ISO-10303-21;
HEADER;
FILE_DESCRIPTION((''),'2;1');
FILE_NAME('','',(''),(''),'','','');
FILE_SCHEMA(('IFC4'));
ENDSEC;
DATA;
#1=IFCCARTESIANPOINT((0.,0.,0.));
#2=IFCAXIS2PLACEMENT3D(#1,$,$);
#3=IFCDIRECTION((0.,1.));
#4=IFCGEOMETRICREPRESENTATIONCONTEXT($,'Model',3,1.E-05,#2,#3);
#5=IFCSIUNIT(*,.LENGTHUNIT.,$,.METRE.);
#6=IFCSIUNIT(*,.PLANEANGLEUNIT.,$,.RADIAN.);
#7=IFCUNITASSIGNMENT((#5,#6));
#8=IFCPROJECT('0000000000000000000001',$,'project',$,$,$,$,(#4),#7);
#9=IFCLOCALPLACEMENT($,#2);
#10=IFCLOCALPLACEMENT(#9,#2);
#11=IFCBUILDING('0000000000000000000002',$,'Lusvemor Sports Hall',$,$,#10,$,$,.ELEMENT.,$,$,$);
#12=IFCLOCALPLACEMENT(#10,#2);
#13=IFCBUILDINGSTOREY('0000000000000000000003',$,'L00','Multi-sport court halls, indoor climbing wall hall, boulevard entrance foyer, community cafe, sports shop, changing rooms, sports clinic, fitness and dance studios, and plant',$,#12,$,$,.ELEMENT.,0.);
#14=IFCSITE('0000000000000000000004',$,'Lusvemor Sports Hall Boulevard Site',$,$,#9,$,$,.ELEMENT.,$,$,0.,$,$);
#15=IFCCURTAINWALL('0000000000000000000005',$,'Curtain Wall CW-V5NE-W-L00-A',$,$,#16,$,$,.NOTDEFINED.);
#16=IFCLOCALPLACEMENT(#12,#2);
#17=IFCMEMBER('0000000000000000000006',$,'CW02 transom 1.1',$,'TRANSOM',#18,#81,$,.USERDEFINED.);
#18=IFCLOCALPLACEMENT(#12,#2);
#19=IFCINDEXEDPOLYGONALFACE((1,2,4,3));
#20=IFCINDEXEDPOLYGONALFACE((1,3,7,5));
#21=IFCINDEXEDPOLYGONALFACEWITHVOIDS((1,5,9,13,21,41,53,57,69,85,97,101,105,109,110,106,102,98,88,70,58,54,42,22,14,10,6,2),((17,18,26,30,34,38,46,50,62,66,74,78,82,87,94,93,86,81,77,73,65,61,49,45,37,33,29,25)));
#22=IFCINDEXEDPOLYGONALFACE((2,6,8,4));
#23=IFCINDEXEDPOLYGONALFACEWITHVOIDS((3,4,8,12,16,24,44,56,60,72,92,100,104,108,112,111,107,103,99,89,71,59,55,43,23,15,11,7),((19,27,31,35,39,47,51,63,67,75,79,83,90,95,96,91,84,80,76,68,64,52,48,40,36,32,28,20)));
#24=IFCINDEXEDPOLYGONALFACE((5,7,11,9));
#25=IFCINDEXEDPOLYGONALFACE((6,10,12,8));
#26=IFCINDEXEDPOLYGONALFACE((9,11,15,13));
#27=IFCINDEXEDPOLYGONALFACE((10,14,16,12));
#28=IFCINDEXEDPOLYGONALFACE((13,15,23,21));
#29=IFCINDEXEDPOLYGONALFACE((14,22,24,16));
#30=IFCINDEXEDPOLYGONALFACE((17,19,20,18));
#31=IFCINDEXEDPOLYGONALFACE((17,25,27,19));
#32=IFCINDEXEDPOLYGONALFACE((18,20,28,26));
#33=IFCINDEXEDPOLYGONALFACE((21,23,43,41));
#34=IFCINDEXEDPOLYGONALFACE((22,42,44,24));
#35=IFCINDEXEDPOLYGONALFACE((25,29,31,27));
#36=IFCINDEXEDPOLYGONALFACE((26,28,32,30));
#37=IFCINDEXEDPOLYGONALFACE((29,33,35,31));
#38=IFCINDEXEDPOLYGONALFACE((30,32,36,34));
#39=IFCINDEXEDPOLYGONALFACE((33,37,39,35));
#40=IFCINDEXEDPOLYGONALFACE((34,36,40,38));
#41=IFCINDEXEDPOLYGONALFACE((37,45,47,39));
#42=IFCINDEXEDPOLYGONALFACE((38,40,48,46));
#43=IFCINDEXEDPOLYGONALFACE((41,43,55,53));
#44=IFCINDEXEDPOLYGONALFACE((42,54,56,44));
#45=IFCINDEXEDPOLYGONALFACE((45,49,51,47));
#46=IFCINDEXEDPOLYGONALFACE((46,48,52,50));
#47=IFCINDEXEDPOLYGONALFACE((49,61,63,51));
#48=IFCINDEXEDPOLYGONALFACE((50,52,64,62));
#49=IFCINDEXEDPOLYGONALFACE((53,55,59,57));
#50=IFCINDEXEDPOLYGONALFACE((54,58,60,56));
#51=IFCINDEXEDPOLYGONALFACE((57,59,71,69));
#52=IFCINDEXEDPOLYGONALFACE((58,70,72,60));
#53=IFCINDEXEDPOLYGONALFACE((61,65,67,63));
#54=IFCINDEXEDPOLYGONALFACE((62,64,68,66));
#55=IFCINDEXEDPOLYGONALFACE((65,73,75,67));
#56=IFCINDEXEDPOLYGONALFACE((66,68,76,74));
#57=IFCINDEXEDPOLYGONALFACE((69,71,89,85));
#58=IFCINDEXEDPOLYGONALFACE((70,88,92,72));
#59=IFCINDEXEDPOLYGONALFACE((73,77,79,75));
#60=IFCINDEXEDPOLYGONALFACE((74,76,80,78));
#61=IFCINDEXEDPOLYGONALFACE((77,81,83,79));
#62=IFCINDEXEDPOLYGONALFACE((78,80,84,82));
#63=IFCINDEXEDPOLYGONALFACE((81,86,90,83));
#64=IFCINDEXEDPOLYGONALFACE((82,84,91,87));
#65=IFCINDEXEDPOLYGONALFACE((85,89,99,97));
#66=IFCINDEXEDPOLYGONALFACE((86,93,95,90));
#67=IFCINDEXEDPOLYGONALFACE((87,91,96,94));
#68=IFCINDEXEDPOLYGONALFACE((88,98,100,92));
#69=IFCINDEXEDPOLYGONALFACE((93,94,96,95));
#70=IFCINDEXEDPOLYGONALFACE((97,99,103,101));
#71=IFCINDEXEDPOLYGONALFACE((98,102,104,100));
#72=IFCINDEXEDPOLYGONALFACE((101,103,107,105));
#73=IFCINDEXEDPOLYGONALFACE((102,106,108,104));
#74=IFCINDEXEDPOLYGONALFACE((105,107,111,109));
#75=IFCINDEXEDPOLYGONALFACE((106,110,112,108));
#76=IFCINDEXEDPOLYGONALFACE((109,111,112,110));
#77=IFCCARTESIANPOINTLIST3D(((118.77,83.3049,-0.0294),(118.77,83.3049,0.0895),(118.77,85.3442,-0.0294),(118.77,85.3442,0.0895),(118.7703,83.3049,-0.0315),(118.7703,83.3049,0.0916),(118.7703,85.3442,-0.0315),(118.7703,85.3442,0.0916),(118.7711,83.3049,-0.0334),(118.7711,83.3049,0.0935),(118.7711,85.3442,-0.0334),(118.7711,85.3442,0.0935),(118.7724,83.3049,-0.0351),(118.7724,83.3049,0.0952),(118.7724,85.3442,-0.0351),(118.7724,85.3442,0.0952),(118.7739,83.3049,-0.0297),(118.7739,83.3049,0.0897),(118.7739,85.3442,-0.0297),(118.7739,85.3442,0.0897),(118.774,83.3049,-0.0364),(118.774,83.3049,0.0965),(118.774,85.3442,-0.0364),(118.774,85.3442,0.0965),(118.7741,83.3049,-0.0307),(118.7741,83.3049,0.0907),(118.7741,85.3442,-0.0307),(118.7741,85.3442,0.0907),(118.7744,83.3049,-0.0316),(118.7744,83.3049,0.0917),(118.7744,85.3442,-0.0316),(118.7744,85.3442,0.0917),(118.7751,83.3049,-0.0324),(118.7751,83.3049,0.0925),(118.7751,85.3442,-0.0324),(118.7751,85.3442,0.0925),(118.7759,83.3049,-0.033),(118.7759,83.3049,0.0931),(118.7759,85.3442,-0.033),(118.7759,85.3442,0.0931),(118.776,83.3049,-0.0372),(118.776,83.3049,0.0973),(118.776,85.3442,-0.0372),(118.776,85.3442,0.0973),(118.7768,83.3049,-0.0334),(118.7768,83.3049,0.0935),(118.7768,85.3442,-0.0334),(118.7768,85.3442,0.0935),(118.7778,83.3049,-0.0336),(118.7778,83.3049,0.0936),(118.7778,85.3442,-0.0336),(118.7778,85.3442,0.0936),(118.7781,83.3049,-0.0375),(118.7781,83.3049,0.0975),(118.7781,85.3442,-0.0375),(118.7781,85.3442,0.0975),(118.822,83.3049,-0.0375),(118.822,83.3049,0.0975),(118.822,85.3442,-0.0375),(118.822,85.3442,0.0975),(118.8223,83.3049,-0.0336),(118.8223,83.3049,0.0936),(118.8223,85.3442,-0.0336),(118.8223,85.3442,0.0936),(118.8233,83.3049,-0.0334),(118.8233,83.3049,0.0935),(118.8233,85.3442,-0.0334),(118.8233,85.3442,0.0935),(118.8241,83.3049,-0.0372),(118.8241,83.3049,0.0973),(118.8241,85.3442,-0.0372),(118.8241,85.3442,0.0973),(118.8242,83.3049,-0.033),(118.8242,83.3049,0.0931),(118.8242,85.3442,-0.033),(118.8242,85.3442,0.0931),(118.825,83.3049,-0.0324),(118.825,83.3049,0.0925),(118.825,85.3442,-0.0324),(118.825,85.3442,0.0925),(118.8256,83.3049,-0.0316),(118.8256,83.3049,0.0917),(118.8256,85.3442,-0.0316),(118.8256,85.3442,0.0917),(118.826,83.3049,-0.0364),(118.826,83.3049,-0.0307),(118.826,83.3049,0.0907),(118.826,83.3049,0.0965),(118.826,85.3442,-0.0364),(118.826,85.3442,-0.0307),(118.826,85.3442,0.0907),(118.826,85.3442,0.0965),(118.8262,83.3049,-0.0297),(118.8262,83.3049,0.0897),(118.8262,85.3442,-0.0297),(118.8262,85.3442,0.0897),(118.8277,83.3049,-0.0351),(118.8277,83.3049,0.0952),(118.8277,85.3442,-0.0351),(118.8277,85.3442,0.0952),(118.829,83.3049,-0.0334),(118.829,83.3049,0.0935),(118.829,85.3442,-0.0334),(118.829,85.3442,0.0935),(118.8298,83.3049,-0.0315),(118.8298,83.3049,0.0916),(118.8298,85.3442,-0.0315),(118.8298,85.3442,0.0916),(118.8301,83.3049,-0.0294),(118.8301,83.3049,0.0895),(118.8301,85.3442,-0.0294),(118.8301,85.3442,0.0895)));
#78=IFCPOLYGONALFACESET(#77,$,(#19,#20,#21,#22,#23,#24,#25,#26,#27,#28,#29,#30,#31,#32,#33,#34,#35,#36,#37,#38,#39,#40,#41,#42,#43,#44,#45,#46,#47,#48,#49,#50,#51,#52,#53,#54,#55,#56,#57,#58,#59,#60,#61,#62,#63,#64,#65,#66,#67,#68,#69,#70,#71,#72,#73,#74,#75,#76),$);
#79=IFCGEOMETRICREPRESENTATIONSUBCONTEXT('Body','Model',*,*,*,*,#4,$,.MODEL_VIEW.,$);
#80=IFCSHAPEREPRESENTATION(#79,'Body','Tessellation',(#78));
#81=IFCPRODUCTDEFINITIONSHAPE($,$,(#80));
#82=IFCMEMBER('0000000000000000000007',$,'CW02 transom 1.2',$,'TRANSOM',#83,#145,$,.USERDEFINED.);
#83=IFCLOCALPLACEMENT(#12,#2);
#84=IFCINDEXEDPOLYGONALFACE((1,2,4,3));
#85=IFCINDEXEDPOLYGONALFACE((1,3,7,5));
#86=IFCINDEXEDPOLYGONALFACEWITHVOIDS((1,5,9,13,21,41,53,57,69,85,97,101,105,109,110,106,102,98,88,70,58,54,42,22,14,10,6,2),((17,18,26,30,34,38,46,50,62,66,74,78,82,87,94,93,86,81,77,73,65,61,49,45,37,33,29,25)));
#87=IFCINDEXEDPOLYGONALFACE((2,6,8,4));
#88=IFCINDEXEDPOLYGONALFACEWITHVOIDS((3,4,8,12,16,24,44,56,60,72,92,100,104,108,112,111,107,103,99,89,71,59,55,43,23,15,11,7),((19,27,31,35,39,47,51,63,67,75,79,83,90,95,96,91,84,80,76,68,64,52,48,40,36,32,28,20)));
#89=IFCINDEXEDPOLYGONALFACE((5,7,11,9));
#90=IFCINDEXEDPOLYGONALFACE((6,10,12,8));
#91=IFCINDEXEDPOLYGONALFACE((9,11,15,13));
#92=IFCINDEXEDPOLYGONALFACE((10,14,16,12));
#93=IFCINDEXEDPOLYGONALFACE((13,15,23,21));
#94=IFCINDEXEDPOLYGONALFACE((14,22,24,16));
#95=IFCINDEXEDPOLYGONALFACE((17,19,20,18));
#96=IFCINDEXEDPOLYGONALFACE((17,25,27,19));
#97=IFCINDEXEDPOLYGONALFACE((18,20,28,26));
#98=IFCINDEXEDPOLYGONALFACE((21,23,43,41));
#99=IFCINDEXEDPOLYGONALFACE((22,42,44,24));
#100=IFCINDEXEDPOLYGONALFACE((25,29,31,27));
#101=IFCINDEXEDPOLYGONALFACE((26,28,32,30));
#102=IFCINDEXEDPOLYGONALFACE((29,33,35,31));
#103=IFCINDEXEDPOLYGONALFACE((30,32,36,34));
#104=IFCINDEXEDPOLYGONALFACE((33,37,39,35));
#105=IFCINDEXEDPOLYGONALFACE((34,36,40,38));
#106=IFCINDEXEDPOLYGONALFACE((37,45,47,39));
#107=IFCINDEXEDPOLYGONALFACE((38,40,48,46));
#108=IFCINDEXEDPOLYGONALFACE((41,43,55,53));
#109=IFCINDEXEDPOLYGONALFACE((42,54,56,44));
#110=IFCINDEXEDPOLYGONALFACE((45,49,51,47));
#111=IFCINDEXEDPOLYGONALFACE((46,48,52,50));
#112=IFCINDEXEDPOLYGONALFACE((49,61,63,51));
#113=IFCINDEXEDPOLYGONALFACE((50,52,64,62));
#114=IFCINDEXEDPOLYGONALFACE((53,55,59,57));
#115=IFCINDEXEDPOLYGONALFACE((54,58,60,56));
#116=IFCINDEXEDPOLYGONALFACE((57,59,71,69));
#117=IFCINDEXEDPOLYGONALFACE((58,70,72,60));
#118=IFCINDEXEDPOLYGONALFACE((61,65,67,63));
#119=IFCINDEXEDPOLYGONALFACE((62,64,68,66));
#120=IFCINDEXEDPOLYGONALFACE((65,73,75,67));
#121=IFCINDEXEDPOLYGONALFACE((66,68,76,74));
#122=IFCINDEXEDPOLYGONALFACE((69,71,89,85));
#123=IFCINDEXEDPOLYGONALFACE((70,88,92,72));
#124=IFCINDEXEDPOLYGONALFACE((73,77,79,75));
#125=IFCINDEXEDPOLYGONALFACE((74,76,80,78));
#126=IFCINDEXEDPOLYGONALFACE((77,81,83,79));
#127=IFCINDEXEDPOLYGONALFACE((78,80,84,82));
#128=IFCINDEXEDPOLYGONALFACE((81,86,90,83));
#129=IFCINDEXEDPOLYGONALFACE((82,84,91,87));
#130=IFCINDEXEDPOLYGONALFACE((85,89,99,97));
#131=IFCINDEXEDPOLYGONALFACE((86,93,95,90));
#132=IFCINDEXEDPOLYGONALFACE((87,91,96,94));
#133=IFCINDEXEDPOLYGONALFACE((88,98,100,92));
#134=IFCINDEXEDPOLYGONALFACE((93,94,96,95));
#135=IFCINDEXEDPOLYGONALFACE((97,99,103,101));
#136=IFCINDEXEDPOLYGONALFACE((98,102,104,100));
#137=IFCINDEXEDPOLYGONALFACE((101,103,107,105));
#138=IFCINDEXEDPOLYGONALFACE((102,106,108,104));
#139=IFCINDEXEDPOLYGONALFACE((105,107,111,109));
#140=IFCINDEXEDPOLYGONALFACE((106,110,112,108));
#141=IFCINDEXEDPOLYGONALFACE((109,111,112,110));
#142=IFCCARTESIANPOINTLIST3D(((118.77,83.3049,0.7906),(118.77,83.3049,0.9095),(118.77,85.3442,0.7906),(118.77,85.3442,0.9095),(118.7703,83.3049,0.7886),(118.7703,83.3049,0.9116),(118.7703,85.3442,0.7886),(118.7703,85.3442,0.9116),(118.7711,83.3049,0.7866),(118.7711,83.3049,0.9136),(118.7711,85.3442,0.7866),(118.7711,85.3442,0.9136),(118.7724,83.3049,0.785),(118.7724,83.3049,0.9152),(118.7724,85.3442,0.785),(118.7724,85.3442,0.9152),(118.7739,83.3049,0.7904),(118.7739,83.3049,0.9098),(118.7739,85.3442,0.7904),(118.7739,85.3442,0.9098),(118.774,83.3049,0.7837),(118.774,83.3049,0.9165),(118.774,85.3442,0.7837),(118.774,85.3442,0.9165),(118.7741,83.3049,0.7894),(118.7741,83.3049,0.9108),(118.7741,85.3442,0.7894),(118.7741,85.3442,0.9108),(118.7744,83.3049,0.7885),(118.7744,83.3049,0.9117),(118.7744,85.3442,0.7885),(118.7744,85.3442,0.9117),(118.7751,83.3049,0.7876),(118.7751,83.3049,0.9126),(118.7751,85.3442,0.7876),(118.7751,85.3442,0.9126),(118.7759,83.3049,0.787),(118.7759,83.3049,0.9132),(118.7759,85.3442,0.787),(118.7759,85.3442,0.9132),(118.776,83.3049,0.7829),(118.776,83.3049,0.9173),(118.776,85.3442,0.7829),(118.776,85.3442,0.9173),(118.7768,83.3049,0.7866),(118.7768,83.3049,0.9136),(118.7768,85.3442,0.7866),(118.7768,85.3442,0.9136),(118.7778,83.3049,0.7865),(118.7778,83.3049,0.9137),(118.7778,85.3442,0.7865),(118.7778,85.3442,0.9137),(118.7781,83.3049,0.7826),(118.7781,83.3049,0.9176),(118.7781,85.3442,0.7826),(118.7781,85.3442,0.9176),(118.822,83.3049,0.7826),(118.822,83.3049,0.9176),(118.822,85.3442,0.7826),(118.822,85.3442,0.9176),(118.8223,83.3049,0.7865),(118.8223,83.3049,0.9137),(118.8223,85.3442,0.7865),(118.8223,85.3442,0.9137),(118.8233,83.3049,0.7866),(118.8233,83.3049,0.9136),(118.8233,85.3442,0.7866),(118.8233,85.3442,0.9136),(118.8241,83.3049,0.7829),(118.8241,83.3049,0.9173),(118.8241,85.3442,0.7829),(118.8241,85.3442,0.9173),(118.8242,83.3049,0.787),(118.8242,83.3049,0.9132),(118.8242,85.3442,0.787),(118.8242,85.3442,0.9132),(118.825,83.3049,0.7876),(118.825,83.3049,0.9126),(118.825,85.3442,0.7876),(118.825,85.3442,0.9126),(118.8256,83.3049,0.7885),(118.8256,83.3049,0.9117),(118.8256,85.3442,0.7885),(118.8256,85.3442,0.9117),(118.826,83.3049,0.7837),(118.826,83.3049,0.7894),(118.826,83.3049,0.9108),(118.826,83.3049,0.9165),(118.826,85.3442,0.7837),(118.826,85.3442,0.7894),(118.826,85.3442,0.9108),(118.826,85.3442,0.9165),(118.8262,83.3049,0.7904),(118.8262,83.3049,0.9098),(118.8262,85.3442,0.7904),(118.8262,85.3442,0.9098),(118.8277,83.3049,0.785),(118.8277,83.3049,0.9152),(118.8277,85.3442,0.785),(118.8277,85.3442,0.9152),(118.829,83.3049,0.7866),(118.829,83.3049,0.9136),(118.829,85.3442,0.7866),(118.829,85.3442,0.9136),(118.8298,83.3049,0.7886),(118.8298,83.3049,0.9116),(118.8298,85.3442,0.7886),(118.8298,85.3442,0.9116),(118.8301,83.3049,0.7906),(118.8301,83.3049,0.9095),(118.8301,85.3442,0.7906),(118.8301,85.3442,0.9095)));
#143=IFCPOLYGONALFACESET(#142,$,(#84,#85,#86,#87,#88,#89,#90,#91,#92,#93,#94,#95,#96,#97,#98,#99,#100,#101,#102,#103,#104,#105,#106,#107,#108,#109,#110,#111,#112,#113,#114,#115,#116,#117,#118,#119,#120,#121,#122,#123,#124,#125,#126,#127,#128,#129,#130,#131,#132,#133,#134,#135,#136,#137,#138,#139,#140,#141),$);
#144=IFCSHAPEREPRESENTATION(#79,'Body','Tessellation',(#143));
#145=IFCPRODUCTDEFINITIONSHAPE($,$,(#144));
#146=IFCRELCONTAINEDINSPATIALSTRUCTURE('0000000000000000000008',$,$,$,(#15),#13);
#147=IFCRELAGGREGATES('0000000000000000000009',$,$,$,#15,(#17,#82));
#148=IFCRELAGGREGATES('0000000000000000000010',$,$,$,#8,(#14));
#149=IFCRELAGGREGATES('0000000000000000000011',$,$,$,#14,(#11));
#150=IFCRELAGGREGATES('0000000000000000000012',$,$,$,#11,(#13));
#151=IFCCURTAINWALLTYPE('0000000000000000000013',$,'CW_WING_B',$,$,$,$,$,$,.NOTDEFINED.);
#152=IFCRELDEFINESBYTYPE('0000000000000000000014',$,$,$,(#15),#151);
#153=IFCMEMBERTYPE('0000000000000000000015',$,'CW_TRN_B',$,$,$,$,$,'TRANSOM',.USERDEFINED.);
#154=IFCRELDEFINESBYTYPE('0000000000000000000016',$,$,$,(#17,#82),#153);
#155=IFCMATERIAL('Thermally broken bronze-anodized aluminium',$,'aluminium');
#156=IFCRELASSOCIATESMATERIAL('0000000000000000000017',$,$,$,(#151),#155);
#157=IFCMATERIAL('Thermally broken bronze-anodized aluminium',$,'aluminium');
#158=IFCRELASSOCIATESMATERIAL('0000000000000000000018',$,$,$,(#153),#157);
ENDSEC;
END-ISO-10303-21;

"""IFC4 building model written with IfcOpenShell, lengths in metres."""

from ifc_helpers import new_model, si_unit, direction, frame, origin, origin_2d, place, context, subcontext, project, spatial, hollow_rectangle, extrude, material, material_profile, profile_set, type_object, element, aggregate, save


model = new_model("IFC4")

# Units and contexts
model_context = context("Model", 3, precision=1e-05, world=origin(), true_north=direction((0.0, 1.0)))
body_context = subcontext(model_context, "Body", "Model", "MODEL_VIEW")
ifc_project = project(units=[si_unit("LENGTHUNIT", "METRE"), si_unit("PLANEANGLEUNIT", "RADIAN")], contexts=[model_context])

# Site, building, storey
site_placement = place(None, origin())
site = spatial("IfcSite", under=ifc_project, at=site_placement, Name="Lusvemor Sports Hall Boulevard Site", CompositionType="ELEMENT", RefElevation=0.0)
building_placement = place(site_placement, origin())
building = spatial("IfcBuilding", under=site, at=building_placement, Name="Lusvemor Sports Hall", CompositionType="ELEMENT")
storey_placement = place(building_placement, origin())
storey = spatial("IfcBuildingStorey", under=building, at=storey_placement, Name="L00", Description="Multi-sport court halls, indoor climbing wall hall, boulevard entrance foyer, community cafe, sports shop, changing rooms, sports clinic, fitness and dance studios, and plant", CompositionType="ELEMENT", Elevation=0.0)

# Shared definitions
ifc_material_1 = material(Name="Thermally broken bronze-anodized aluminium", Category="aluminium")
curtain_wall_type = type_object("IfcCurtainWallType", Name="CW_WING_B", PredefinedType="NOTDEFINED", material=ifc_material_1)

# Curtain wall, members
curtain_wall_1_placement = place(storey_placement, origin())
curtain_wall_1 = element("IfcCurtainWall", 1, at=curtain_wall_1_placement, inside=storey, type_object=curtain_wall_type, Name="Curtain Wall CW-V5NE-W-L00-A", PredefinedType="NOTDEFINED")
ifc_material_2 = material(Name="Thermally broken bronze-anodized aluminium", Category="aluminium")
ifc_material_profile_1 = material_profile(ifc_material_2, hollow_rectangle(XDim=0.0601, YDim=0.135, WallThickness=0.0039, InnerFilletRadius=0.0039, OuterFilletRadius=0.0081, at=origin_2d()), Name="CWTRN135x60x4")
ifc_profile_set_1 = profile_set([ifc_material_profile_1], Name="Thermally broken bronze-anodized aluminium")
member_type_1 = type_object("IfcMemberType", Name="CW_TRN_B", ElementType="TRANSOM", PredefinedType="USERDEFINED", material=ifc_profile_set_1)
member_1_placement = place(storey_placement, frame((118.8, 83.3049, 0.03), z_axis=(0.0, 1.0, 0.0), x_axis=(-1.0, 0.0, 0.0)))
member_1 = element("IfcMember", 2, at=member_1_placement, type_object=member_type_1, Name="CW02 transom 1.1", ObjectType="TRANSOM", PredefinedType="USERDEFINED", context=body_context, shape_type="SweptSolid", body=[
    extrude(hollow_rectangle(XDim=0.0601, YDim=0.135, WallThickness=0.0039, InnerFilletRadius=0.0039, OuterFilletRadius=0.0081, at=origin_2d()), origin(), (0.0, 0.0, 1.0), 2.0393),
])
member_2_placement = place(storey_placement, frame((118.8, 83.3049, 0.8501), z_axis=(0.0, 1.0, 0.0), x_axis=(-1.0, 0.0, 0.0)))
member_2 = element("IfcMember", 3, at=member_2_placement, type_object=member_type_1, Name="CW02 transom 1.2", ObjectType="TRANSOM", PredefinedType="USERDEFINED", context=body_context, shape_type="SweptSolid", body=[
    extrude(hollow_rectangle(XDim=0.0601, YDim=0.135, WallThickness=0.0039, InnerFilletRadius=0.0039, OuterFilletRadius=0.0081, at=origin_2d()), origin(), (0.0, 0.0, 1.0), 2.0393),
])
aggregate(curtain_wall_1, [member_1, member_2])

save(model, "model.ifc")
